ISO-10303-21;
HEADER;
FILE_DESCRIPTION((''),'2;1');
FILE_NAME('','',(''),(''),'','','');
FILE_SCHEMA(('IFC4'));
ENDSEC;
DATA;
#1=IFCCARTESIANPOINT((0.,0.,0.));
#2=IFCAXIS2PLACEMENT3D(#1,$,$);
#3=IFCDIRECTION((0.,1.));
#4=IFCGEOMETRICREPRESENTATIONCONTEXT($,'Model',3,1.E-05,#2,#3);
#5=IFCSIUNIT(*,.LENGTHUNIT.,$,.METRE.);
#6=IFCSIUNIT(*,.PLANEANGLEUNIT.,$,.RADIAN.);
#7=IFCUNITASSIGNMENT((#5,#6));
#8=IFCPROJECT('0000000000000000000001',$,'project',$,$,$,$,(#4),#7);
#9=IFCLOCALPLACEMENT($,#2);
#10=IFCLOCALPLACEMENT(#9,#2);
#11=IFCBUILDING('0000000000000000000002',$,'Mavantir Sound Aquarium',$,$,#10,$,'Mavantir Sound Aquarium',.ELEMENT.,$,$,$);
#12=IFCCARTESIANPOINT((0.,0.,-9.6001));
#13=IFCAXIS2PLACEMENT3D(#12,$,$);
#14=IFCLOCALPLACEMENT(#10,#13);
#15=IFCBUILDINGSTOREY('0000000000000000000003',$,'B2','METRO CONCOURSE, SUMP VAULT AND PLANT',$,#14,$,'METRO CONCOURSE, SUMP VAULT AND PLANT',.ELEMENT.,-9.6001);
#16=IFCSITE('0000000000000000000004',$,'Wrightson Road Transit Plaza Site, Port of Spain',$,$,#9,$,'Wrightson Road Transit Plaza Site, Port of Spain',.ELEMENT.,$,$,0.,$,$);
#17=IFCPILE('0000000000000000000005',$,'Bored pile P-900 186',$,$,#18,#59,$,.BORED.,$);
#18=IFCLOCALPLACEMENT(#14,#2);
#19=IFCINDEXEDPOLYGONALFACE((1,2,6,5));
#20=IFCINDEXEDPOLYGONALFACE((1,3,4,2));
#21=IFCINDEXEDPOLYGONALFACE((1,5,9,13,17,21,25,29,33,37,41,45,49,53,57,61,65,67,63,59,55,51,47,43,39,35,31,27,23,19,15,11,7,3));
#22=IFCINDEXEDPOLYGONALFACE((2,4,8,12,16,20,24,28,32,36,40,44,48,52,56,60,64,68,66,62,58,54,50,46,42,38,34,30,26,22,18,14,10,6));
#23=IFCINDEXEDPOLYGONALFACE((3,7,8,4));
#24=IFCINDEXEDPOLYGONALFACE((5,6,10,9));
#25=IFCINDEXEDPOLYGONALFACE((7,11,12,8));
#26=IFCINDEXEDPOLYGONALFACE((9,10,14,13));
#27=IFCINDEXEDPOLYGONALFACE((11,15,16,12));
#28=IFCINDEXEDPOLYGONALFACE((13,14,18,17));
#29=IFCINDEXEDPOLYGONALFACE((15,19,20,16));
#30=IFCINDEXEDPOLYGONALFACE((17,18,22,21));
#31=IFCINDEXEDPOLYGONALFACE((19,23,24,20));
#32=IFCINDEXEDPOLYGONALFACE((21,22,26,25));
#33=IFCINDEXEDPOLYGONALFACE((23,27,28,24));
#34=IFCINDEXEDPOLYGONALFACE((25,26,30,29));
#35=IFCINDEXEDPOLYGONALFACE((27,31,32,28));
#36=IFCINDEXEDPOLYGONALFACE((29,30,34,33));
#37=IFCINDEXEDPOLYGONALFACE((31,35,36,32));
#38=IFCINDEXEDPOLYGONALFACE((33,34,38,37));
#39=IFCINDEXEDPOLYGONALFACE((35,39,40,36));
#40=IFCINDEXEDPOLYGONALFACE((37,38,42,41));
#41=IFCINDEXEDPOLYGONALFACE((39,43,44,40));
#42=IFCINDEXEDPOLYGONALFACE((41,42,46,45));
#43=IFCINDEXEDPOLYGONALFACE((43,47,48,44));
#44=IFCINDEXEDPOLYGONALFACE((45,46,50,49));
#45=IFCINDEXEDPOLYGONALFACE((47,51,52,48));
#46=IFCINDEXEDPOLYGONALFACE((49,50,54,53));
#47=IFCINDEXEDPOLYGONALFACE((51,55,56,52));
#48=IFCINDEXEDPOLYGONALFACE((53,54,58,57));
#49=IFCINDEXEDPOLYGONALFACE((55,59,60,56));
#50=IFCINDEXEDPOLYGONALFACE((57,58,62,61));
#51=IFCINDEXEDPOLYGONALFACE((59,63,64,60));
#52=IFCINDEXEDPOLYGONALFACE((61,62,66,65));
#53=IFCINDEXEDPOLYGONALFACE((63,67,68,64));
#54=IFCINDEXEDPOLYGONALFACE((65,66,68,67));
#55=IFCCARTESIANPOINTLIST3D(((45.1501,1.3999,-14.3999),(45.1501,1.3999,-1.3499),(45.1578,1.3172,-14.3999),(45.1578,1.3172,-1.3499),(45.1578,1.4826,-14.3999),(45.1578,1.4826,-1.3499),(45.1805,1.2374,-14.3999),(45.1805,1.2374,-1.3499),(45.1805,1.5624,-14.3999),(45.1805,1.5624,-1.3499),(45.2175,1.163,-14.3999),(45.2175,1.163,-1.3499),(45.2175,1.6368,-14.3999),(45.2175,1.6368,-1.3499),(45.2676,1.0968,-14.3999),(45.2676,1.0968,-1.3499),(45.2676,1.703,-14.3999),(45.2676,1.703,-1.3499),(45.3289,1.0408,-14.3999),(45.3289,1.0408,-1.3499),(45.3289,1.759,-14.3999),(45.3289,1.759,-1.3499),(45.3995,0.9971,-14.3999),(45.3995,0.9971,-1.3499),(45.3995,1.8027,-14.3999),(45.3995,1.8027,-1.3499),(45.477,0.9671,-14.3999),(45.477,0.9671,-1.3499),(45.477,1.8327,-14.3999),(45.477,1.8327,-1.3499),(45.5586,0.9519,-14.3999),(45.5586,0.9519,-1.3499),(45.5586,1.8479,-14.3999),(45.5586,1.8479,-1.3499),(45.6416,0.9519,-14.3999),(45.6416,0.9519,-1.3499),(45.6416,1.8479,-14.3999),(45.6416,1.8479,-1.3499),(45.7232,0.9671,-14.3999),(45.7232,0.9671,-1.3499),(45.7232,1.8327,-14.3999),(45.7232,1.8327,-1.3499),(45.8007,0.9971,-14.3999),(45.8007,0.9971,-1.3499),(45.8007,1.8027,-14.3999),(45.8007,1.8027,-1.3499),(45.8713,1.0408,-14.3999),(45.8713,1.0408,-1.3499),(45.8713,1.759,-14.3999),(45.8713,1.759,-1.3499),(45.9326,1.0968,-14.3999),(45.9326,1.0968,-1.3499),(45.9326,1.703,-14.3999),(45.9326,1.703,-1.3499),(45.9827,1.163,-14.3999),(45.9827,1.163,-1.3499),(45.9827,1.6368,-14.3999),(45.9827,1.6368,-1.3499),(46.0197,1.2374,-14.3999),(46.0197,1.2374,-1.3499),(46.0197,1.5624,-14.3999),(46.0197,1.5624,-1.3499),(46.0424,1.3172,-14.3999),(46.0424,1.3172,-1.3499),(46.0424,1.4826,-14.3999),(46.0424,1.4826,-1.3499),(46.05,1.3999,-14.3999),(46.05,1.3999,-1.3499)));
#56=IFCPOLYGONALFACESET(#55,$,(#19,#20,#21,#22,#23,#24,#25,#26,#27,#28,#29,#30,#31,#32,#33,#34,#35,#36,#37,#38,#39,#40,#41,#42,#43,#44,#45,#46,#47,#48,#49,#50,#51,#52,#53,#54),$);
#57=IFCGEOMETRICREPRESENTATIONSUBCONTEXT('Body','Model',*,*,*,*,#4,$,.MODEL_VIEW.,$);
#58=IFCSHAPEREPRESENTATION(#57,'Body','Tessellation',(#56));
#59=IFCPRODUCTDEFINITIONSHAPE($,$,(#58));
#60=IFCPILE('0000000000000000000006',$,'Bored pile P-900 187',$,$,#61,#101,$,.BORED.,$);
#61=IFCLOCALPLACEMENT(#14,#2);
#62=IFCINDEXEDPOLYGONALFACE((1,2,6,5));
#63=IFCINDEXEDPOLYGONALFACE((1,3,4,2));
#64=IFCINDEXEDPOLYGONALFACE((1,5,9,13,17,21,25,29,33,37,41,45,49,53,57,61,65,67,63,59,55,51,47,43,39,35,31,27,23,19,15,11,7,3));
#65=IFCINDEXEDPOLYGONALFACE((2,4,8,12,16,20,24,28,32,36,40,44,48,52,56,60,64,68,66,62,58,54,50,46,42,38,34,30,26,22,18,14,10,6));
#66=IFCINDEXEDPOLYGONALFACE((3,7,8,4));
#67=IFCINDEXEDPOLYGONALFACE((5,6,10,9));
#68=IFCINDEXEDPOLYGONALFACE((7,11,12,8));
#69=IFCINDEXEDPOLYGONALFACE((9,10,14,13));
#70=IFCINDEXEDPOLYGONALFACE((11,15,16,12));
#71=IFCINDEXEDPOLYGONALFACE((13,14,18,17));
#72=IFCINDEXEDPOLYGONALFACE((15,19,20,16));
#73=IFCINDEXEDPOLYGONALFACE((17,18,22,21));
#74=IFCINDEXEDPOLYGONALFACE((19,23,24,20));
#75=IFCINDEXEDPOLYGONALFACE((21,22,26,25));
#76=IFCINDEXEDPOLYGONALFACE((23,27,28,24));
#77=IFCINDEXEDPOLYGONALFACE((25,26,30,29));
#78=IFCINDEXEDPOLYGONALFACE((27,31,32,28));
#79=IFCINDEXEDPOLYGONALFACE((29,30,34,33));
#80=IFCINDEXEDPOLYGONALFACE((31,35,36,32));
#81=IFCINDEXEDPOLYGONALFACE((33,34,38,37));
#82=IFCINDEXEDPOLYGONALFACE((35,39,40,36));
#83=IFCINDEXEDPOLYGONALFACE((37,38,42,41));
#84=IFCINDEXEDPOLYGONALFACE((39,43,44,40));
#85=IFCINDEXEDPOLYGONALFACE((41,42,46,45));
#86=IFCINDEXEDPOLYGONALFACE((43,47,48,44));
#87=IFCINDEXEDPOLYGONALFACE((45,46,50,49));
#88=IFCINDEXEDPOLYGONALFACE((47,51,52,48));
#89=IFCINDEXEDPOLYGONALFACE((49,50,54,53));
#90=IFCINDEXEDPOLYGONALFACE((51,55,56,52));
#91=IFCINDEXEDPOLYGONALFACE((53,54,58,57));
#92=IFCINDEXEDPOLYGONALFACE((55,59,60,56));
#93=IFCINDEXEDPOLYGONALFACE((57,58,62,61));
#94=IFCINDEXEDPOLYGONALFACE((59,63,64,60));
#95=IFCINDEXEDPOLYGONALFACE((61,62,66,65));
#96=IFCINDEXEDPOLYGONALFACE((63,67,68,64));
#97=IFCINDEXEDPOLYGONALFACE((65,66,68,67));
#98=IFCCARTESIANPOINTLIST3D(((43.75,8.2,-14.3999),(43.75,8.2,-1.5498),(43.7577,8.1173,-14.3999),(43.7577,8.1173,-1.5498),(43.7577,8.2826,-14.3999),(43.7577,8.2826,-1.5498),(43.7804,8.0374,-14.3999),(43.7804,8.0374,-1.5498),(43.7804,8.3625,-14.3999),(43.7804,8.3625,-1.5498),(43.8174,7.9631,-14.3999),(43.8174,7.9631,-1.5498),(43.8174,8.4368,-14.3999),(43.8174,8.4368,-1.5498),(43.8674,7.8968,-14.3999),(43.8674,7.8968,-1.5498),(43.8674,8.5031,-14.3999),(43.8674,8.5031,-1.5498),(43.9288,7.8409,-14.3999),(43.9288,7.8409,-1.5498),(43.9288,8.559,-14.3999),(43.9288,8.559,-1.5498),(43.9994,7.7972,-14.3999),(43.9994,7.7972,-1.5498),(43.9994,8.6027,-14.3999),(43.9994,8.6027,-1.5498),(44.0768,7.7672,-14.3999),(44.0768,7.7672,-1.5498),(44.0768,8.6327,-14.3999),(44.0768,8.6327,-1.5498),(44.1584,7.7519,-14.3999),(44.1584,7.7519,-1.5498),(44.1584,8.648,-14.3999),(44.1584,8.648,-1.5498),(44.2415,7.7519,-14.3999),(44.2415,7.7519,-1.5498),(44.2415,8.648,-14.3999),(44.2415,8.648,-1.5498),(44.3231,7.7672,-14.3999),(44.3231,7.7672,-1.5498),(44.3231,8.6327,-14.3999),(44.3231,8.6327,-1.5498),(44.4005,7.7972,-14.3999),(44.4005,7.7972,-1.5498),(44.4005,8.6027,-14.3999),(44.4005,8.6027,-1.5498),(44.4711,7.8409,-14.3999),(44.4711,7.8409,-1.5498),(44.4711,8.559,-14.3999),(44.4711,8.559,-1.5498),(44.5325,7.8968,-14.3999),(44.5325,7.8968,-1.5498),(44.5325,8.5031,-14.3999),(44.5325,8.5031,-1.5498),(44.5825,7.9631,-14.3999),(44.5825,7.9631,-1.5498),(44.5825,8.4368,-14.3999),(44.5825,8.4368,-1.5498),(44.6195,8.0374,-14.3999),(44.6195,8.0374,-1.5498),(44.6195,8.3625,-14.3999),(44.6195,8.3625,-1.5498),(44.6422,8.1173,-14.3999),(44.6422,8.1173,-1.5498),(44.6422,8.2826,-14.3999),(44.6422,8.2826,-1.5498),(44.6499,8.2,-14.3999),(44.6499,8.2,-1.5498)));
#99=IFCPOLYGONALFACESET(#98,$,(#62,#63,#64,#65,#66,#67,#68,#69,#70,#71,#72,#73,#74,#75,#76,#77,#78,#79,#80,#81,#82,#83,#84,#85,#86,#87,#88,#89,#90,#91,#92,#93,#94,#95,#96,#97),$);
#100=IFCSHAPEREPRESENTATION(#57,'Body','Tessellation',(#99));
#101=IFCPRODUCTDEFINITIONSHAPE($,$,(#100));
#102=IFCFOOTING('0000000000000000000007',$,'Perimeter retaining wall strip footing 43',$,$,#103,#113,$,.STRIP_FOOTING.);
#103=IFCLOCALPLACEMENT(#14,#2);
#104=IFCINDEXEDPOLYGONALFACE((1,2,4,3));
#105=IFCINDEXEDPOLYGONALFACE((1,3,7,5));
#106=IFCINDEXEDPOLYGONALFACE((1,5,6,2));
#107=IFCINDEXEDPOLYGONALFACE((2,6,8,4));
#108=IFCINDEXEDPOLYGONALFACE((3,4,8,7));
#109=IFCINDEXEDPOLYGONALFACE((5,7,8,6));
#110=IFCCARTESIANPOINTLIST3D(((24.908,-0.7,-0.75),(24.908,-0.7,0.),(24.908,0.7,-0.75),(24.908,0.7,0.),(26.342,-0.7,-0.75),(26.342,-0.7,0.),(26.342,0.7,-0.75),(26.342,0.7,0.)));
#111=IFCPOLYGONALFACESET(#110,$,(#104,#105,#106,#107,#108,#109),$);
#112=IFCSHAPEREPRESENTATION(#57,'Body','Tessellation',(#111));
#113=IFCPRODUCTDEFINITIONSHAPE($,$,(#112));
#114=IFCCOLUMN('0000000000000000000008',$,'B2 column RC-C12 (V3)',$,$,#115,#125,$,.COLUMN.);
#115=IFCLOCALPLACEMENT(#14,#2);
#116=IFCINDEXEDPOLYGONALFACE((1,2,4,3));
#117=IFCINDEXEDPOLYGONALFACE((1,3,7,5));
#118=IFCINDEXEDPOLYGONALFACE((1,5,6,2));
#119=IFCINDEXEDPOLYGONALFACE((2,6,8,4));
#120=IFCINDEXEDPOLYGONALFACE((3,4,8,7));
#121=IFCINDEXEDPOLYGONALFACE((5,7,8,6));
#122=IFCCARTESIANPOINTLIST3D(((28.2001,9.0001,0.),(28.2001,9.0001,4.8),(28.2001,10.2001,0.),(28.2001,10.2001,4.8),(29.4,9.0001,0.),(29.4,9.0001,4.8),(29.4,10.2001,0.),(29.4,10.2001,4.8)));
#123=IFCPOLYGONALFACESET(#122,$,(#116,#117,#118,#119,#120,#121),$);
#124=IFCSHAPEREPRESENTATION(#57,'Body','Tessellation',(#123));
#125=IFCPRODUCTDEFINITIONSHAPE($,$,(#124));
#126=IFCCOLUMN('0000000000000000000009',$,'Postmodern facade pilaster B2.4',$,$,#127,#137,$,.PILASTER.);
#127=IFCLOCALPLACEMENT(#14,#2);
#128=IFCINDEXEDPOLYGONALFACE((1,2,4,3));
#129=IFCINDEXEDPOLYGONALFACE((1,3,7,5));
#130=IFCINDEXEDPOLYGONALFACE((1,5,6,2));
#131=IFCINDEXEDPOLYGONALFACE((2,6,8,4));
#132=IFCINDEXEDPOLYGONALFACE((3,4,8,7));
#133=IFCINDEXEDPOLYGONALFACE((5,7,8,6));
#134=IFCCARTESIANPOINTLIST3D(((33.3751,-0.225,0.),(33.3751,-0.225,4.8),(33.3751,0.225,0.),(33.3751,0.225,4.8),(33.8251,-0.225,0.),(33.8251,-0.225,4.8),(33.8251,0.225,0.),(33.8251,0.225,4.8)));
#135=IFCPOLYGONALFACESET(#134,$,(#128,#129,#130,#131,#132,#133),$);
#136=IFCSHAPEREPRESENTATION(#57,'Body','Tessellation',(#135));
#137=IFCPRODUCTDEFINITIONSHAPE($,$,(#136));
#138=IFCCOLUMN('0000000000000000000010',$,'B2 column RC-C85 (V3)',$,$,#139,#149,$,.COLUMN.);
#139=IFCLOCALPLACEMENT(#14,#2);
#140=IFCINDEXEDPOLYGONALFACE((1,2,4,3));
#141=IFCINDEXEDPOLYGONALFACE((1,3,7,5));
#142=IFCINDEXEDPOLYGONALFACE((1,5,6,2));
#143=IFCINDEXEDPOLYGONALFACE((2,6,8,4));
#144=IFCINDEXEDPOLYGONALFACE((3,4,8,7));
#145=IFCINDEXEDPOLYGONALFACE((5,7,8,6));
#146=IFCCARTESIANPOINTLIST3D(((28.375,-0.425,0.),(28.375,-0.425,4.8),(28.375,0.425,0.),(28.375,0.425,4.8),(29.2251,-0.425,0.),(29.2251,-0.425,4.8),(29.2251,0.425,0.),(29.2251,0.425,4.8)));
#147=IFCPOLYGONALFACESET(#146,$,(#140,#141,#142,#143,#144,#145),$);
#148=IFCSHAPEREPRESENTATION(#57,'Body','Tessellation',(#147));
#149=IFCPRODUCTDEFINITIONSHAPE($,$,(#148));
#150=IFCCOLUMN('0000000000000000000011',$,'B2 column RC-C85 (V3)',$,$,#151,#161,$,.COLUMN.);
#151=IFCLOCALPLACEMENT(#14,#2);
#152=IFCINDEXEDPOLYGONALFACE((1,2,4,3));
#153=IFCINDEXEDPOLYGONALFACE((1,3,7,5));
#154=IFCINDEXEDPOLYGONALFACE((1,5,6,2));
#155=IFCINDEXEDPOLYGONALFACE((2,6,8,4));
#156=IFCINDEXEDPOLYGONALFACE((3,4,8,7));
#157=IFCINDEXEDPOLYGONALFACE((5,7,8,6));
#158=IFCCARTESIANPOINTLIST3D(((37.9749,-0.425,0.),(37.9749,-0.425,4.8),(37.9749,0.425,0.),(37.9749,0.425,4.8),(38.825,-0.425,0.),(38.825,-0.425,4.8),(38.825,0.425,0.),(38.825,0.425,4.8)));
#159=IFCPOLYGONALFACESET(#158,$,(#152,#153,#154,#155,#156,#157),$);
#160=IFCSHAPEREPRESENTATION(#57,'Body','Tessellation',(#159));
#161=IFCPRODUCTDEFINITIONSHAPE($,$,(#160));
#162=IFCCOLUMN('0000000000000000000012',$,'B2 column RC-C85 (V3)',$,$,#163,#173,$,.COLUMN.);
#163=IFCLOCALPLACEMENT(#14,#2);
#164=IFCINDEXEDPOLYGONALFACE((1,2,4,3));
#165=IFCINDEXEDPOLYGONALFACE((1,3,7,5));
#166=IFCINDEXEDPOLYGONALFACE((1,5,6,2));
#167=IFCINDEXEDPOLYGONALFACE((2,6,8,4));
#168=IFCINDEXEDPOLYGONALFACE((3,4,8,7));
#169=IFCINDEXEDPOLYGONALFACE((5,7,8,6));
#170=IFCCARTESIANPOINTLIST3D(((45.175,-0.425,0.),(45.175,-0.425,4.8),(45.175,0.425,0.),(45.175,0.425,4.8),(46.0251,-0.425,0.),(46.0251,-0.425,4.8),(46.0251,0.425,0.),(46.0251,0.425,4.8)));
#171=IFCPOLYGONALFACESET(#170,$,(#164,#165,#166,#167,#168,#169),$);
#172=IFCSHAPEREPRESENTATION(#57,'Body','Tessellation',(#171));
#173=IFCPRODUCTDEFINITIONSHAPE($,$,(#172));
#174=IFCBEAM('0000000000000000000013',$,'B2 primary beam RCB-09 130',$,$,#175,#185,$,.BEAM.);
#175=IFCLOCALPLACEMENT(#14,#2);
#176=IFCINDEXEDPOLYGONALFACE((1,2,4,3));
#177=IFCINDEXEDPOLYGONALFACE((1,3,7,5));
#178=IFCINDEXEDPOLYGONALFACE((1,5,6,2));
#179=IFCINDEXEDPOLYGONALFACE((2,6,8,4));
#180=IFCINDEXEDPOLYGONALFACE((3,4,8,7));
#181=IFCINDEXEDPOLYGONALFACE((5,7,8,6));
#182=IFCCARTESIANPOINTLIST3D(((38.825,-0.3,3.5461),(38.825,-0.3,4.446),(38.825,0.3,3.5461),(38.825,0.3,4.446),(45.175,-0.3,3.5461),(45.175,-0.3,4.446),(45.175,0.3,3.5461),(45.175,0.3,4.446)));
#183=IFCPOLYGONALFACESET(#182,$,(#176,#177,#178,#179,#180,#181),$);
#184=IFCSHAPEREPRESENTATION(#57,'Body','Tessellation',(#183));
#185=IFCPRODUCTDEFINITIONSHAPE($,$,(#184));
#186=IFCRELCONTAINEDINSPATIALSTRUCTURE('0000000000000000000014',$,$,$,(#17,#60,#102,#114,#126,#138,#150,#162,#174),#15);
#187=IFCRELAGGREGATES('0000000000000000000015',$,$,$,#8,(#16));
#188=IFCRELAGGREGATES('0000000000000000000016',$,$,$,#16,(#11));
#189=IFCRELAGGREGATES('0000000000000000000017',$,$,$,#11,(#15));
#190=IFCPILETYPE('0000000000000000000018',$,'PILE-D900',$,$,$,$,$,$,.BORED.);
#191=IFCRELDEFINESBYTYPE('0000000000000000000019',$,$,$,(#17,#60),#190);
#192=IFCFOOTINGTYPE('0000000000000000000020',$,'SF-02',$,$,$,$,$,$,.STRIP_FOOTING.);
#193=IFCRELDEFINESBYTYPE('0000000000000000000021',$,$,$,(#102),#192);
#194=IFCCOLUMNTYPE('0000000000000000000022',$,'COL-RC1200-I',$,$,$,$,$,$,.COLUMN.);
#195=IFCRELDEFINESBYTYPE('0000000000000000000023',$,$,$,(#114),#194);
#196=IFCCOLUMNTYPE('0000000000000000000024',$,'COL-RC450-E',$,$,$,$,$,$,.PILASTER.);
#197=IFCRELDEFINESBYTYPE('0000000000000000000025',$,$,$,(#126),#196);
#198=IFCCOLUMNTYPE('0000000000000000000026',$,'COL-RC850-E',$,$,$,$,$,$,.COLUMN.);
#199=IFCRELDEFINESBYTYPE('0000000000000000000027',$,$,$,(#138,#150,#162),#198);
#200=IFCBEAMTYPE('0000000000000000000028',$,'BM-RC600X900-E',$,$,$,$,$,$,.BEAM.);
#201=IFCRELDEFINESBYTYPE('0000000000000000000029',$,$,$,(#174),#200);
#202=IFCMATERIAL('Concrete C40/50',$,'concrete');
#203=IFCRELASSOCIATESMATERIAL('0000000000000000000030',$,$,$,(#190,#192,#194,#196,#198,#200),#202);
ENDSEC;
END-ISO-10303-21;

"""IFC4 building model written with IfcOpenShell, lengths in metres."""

from ifc_helpers import new_model, si_unit, direction, frame, origin, origin_2d, place, context, subcontext, project, spatial, rectangle, circle, extrude, material, material_profile, profile_set, type_object, element, save


model = new_model("IFC4")

# Units and contexts
model_context = context("Model", 3, precision=1e-05, world=origin(), true_north=direction((0.0, 1.0)))
body_context = subcontext(model_context, "Body", "Model", "MODEL_VIEW")
ifc_project = project(units=[si_unit("LENGTHUNIT", "METRE"), si_unit("PLANEANGLEUNIT", "RADIAN")], contexts=[model_context])

# Site, building, storey
site_placement = place(None, origin())
site = spatial("IfcSite", under=ifc_project, at=site_placement, Name="Wrightson Road Transit Plaza Site, Port of Spain", LongName="Wrightson Road Transit Plaza Site, Port of Spain", CompositionType="ELEMENT", RefElevation=0.0)
building_placement = place(site_placement, origin())
building = spatial("IfcBuilding", under=site, at=building_placement, Name="Mavantir Sound Aquarium", LongName="Mavantir Sound Aquarium", CompositionType="ELEMENT")
storey_placement = place(building_placement, frame((0.0, 0.0, -9.6001)))
storey = spatial("IfcBuildingStorey", under=building, at=storey_placement, Name="B2", Description="METRO CONCOURSE, SUMP VAULT AND PLANT", LongName="METRO CONCOURSE, SUMP VAULT AND PLANT", CompositionType="ELEMENT", Elevation=-9.6001)

# Shared definitions
ifc_material_1 = material(Name="Concrete C40/50", Category="concrete")

# Piles
ifc_material_profile_1 = material_profile(ifc_material_1, circle(Radius=0.45, at=origin_2d()), Name="PILE D900")
ifc_profile_set_1 = profile_set([ifc_material_profile_1], Name="Concrete C40/50")
pile_type = type_object("IfcPileType", Name="PILE-D900", PredefinedType="BORED", material=ifc_profile_set_1)
for number, where, z_axis, x_axis, name in (
    (1, (45.6001, 1.3999, -1.3499), (0.0, 0.0, -1.0), (1.0, 0.0, 0.0), "Bored pile P-900 186"),
):
    element("IfcPile", number, at=place(storey_placement, frame(where, z_axis=z_axis, x_axis=x_axis)), inside=storey, type_object=pile_type, Name=name, PredefinedType="BORED", context=body_context, shape_type="SweptSolid", body=[
        extrude(circle(Radius=0.45, at=origin_2d()), origin(), (0.0, 0.0, 1.0), 13.05),
    ])
pile_placement = place(storey_placement, frame((44.2, 8.2, -1.5498), z_axis=(0.0, 0.0, -1.0), x_axis=(1.0, 0.0, 0.0)))
element("IfcPile", 2, at=pile_placement, inside=storey, type_object=pile_type, Name="Bored pile P-900 187", PredefinedType="BORED", context=body_context, shape_type="SweptSolid", body=[
    extrude(circle(Radius=0.45, at=origin_2d()), origin(), (0.0, 0.0, 1.0), 12.8501),
])

# Footing
ifc_material_profile_2 = material_profile(ifc_material_1, rectangle(XDim=1.3999, YDim=0.75, at=origin_2d()), Name="RC 1400X750")
ifc_profile_set_2 = profile_set([ifc_material_profile_2], Name="Concrete C40/50")
footing_type_1 = type_object("IfcFootingType", Name="SF-02", PredefinedType="STRIP_FOOTING", material=ifc_profile_set_2)
footing_1_placement = place(storey_placement, frame((26.342, 0.0, -0.375), z_axis=(-1.0, 0.0, 0.0), x_axis=(0.0, -1.0, 0.0)))
element("IfcFooting", 3, at=footing_1_placement, inside=storey, type_object=footing_type_1, Name="Perimeter retaining wall strip footing 43", PredefinedType="STRIP_FOOTING", context=body_context, shape_type="SweptSolid", body=[
    extrude(rectangle(XDim=1.3999, YDim=0.75, at=origin_2d()), origin(), (0.0, 0.0, 1.0), 1.4341),
])

# Columns
ifc_material_profile_3 = material_profile(ifc_material_1, rectangle(XDim=1.2, YDim=1.2, at=origin_2d()), Name="RC 1200X1200")
ifc_profile_set_3 = profile_set([ifc_material_profile_3], Name="Concrete C40/50")
column_type_1 = type_object("IfcColumnType", Name="COL-RC1200-I", PredefinedType="COLUMN", material=ifc_profile_set_3)
column_1_placement = place(storey_placement, frame((28.8, 9.6001, 0.0), z_axis=(0.0, 0.0, 1.0), x_axis=(1.0, 0.0, 0.0)))
element("IfcColumn", 4, at=column_1_placement, inside=storey, type_object=column_type_1, Name="B2 column RC-C12 (V3)", PredefinedType="COLUMN", context=body_context, shape_type="SweptSolid", body=[
    extrude(rectangle(XDim=1.2, YDim=1.2, at=origin_2d()), origin(), (0.0, 0.0, 1.0), 4.8),
])
ifc_material_profile_4 = material_profile(ifc_material_1, rectangle(XDim=0.45, YDim=0.45, at=origin_2d()), Name="RC 450X450")
ifc_profile_set_4 = profile_set([ifc_material_profile_4], Name="Concrete C40/50")
column_type_2 = type_object("IfcColumnType", Name="COL-RC450-E", PredefinedType="PILASTER", material=ifc_profile_set_4)
column_2_placement = place(storey_placement, frame((33.6001, 0.0, 0.0), z_axis=(0.0, 0.0, 1.0), x_axis=(1.0, 0.0, 0.0)))
element("IfcColumn", 5, at=column_2_placement, inside=storey, type_object=column_type_2, Name="Postmodern facade pilaster B2.4", PredefinedType="PILASTER", context=body_context, shape_type="SweptSolid", body=[
    extrude(rectangle(XDim=0.45, YDim=0.45, at=origin_2d()), origin(), (0.0, 0.0, 1.0), 4.8),
])
ifc_material_profile_5 = material_profile(ifc_material_1, rectangle(XDim=0.8501, YDim=0.8501, at=origin_2d()), Name="RC 850X850")
ifc_profile_set_5 = profile_set([ifc_material_profile_5], Name="Concrete C40/50")
column_type_3 = type_object("IfcColumnType", Name="COL-RC850-E", PredefinedType="COLUMN", material=ifc_profile_set_5)
for number, where, z_axis, x_axis, name in (
    (6, (28.8, 0.0, 0.0), (0.0, 0.0, 1.0), (1.0, 0.0, 0.0), "B2 column RC-C85 (V3)"),
    (7, (38.3999, 0.0, 0.0), (0.0, 0.0, 1.0), (1.0, 0.0, 0.0), "B2 column RC-C85 (V3)"),
    (8, (45.6001, 0.0, 0.0), (0.0, 0.0, 1.0), (1.0, 0.0, 0.0), "B2 column RC-C85 (V3)"),
):
    element("IfcColumn", number, at=place(storey_placement, frame(where, z_axis=z_axis, x_axis=x_axis)), inside=storey, type_object=column_type_3, Name=name, PredefinedType="COLUMN", context=body_context, shape_type="SweptSolid", body=[
        extrude(rectangle(XDim=0.8501, YDim=0.8501, at=origin_2d()), origin(), (0.0, 0.0, 1.0), 4.8),
    ])

# Beam
ifc_material_profile_6 = material_profile(ifc_material_1, rectangle(XDim=0.6001, YDim=0.8999, at=origin_2d()), Name="RC 600X900")
ifc_profile_set_6 = profile_set([ifc_material_profile_6], Name="Concrete C40/50")
beam_type_1 = type_object("IfcBeamType", Name="BM-RC600X900-E", PredefinedType="BEAM", material=ifc_profile_set_6)
beam_1_placement = place(storey_placement, frame((38.825, 0.0, 3.9961), z_axis=(1.0, 0.0, 0.0), x_axis=(0.0, 1.0, 0.0)))
element("IfcBeam", 9, at=beam_1_placement, inside=storey, type_object=beam_type_1, Name="B2 primary beam RCB-09 130", PredefinedType="BEAM", context=body_context, shape_type="SweptSolid", body=[
    extrude(rectangle(XDim=0.6001, YDim=0.8999, at=origin_2d()), origin(), (0.0, 0.0, 1.0), 6.3501),
])

save(model, "model.ifc")
